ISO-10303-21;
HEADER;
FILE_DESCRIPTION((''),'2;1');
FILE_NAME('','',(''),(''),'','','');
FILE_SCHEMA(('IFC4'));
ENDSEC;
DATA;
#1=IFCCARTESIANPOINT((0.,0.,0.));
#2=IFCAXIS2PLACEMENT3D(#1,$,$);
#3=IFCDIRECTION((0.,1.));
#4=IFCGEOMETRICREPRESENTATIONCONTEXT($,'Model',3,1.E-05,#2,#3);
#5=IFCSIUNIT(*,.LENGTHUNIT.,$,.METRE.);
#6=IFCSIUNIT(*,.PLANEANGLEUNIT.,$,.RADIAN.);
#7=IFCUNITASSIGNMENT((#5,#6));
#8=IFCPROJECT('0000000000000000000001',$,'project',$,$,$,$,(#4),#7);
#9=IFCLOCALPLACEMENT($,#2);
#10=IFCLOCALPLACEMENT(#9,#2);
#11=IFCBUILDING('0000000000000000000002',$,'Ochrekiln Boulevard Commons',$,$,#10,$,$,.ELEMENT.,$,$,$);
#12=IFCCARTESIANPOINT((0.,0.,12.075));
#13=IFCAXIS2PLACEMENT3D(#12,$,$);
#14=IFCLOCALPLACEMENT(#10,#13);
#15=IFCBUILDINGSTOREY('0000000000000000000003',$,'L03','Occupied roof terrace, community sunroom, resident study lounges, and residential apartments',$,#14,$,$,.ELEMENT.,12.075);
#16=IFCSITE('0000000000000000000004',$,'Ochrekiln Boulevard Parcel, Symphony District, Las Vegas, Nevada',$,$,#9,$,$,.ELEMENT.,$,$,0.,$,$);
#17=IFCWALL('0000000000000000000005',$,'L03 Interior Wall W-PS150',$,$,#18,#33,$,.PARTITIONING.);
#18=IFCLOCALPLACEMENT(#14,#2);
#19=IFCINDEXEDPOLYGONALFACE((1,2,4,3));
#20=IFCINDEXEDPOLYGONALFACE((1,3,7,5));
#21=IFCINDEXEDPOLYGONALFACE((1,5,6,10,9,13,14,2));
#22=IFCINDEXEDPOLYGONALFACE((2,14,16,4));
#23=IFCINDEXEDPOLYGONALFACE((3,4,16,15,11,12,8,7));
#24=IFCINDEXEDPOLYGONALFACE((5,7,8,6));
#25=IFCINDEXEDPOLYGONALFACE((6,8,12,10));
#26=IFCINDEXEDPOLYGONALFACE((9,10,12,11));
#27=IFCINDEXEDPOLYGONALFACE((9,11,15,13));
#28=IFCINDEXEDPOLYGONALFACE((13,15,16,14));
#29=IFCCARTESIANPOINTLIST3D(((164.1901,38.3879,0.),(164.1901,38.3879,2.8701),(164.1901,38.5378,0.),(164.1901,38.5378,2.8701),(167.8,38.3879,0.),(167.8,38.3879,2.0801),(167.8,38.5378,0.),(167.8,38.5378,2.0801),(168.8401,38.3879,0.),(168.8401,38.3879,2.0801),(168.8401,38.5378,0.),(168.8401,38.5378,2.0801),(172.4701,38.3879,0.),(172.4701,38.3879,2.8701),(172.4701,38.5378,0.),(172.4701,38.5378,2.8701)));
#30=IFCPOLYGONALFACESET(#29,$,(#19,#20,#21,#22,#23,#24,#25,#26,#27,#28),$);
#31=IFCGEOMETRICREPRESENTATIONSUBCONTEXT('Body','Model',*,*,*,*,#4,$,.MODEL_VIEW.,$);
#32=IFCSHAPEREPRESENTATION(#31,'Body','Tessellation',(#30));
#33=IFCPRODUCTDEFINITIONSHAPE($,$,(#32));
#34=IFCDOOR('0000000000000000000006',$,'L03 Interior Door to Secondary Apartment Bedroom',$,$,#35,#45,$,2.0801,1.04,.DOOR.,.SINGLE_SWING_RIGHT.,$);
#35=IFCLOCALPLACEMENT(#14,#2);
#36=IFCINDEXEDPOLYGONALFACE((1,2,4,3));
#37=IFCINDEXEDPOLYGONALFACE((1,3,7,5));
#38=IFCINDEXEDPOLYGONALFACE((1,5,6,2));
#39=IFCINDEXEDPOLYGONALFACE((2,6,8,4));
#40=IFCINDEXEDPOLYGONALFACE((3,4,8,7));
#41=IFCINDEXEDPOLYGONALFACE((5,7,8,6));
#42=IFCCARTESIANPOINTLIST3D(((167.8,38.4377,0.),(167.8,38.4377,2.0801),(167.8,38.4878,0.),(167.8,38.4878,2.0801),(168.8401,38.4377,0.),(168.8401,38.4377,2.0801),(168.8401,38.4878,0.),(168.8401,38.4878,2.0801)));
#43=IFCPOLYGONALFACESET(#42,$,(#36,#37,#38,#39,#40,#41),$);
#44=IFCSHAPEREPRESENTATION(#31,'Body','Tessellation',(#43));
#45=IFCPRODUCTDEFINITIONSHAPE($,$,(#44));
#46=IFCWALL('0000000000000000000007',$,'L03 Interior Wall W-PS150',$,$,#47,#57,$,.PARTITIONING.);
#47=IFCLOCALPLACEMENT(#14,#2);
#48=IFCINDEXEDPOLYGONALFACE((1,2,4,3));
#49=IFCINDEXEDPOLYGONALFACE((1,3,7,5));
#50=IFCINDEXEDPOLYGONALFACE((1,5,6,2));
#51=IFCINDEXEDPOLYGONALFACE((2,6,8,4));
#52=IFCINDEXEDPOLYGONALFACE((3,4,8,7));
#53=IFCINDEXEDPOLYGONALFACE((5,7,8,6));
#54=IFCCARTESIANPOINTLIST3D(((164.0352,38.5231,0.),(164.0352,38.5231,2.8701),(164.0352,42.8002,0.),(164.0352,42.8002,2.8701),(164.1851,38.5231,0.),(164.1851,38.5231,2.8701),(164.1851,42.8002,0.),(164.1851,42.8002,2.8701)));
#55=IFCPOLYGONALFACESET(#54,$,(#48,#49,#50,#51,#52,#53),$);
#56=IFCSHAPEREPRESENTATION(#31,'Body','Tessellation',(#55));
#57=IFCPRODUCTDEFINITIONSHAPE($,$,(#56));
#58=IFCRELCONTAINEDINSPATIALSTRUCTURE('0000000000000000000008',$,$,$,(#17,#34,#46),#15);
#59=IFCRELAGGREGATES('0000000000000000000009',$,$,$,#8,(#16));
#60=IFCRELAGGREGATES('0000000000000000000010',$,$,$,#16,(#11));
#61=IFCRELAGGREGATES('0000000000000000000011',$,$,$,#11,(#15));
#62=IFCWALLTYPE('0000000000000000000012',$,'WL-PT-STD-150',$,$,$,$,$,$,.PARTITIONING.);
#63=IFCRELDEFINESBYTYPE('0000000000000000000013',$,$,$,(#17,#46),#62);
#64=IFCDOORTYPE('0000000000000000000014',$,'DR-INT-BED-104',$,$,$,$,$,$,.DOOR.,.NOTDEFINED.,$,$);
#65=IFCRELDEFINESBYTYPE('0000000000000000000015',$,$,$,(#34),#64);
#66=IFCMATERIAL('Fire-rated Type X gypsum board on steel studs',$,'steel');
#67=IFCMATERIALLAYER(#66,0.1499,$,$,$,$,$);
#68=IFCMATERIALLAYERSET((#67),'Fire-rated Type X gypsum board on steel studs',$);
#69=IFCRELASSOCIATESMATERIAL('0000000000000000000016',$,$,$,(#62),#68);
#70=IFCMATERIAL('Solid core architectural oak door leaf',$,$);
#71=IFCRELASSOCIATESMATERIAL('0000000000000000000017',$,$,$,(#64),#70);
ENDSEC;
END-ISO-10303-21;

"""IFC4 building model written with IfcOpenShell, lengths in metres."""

from ifc_helpers import new_model, si_unit, direction, frame, frame_2d, origin, place, context, subcontext, project, spatial, rectangle, extrude, material, layer, layer_set, type_object, element, fill, save


model = new_model("IFC4")

# Units and contexts
model_context = context("Model", 3, precision=1e-05, world=origin(), true_north=direction((0.0, 1.0)))
body_context = subcontext(model_context, "Body", "Model", "MODEL_VIEW")
ifc_project = project(units=[si_unit("LENGTHUNIT", "METRE"), si_unit("PLANEANGLEUNIT", "RADIAN")], contexts=[model_context])

# Site, building, storey
site_placement = place(None, origin())
site = spatial("IfcSite", under=ifc_project, at=site_placement, Name="Ochrekiln Boulevard Parcel, Symphony District, Las Vegas, Nevada", CompositionType="ELEMENT", RefElevation=0.0)
building_placement = place(site_placement, origin())
building = spatial("IfcBuilding", under=site, at=building_placement, Name="Ochrekiln Boulevard Commons", CompositionType="ELEMENT")
storey_placement = place(building_placement, frame((0.0, 0.0, 12.075)))
storey = spatial("IfcBuildingStorey", under=building, at=storey_placement, Name="L03", Description="Occupied roof terrace, community sunroom, resident study lounges, and residential apartments", CompositionType="ELEMENT", Elevation=12.075)

# Shared definitions
ifc_material_1 = material(Name="Solid core architectural oak door leaf")
ifc_material_2 = material(Name="Fire-rated Type X gypsum board on steel studs", Category="steel")

# Wall, opening, door
ifc_layer_1 = layer(ifc_material_2, 0.1499)
ifc_layer_set_1 = layer_set([ifc_layer_1], Name="Fire-rated Type X gypsum board on steel studs")
wall_type_1 = type_object("IfcWallType", Name="WL-PT-STD-150", PredefinedType="PARTITIONING", material=ifc_layer_set_1)
wall_1_placement = place(storey_placement, frame((164.1899, 38.4629, 0.0), z_axis=(0.0, 0.0, 1.0), x_axis=(1.0, 0.0, 0.0)))
wall_1 = element("IfcWall", 1, at=wall_1_placement, inside=storey, type_object=wall_type_1, Name="L03 Interior Wall W-PS150", PredefinedType="PARTITIONING", context=body_context, shape_type="SweptSolid", body=[
    extrude(rectangle(XDim=8.28, YDim=0.1499, at=frame_2d((4.1401, 0.0))), origin(), (0.0, 0.0, 1.0), 2.8701),
])
opening_1_placement = place(wall_1_placement, frame((3.6101, 0.0, 0.0)))
opening_1 = element("IfcOpeningElement", 2, at=opening_1_placement, cuts=wall_1, PredefinedType="OPENING", context=body_context, shape_type="SweptSolid", body=[
    extrude(rectangle(XDim=1.04, YDim=2.0801, at=frame_2d((0.52, 1.04))), frame((0.0, 0.085, 0.0), z_axis=(0.0, -1.0, 0.0), x_axis=(1.0, 0.0, 0.0)), (0.0, 0.0, 1.0), 0.1699),
])
door_type_1 = type_object("IfcDoorType", Name="DR-INT-BED-104", OperationType="NOTDEFINED", PredefinedType="DOOR", material=ifc_material_1)
door_1_placement = place(opening_1_placement, origin())
door_1 = element("IfcDoor", 3, at=door_1_placement, inside=storey, type_object=door_type_1, Name="L03 Interior Door to Secondary Apartment Bedroom", OperationType="SINGLE_SWING_RIGHT", OverallHeight=2.0801, OverallWidth=1.04, PredefinedType="DOOR", context=body_context, shape_type="SweptSolid", body=[
    extrude(rectangle(XDim=1.04, YDim=2.0801, at=frame_2d((0.52, 1.04))), frame((0.0, 0.0249, 0.0), z_axis=(0.0, -1.0, 0.0), x_axis=(1.0, 0.0, 0.0)), (0.0, 0.0, 1.0), 0.05),
])
fill(opening_1, door_1)

# Wall
wall_2_placement = place(storey_placement, frame((164.1101, 38.5229, 0.0), z_axis=(0.0, 0.0, 1.0), x_axis=(0.0, 1.0, 0.0)))
element("IfcWall", 4, at=wall_2_placement, inside=storey, type_object=wall_type_1, Name="L03 Interior Wall W-PS150", PredefinedType="PARTITIONING", context=body_context, shape_type="SweptSolid", body=[
    extrude(rectangle(XDim=4.2771, YDim=0.1499, at=frame_2d((2.1387, 0.0))), origin(), (0.0, 0.0, 1.0), 2.8701),
])

save(model, "model.ifc")
